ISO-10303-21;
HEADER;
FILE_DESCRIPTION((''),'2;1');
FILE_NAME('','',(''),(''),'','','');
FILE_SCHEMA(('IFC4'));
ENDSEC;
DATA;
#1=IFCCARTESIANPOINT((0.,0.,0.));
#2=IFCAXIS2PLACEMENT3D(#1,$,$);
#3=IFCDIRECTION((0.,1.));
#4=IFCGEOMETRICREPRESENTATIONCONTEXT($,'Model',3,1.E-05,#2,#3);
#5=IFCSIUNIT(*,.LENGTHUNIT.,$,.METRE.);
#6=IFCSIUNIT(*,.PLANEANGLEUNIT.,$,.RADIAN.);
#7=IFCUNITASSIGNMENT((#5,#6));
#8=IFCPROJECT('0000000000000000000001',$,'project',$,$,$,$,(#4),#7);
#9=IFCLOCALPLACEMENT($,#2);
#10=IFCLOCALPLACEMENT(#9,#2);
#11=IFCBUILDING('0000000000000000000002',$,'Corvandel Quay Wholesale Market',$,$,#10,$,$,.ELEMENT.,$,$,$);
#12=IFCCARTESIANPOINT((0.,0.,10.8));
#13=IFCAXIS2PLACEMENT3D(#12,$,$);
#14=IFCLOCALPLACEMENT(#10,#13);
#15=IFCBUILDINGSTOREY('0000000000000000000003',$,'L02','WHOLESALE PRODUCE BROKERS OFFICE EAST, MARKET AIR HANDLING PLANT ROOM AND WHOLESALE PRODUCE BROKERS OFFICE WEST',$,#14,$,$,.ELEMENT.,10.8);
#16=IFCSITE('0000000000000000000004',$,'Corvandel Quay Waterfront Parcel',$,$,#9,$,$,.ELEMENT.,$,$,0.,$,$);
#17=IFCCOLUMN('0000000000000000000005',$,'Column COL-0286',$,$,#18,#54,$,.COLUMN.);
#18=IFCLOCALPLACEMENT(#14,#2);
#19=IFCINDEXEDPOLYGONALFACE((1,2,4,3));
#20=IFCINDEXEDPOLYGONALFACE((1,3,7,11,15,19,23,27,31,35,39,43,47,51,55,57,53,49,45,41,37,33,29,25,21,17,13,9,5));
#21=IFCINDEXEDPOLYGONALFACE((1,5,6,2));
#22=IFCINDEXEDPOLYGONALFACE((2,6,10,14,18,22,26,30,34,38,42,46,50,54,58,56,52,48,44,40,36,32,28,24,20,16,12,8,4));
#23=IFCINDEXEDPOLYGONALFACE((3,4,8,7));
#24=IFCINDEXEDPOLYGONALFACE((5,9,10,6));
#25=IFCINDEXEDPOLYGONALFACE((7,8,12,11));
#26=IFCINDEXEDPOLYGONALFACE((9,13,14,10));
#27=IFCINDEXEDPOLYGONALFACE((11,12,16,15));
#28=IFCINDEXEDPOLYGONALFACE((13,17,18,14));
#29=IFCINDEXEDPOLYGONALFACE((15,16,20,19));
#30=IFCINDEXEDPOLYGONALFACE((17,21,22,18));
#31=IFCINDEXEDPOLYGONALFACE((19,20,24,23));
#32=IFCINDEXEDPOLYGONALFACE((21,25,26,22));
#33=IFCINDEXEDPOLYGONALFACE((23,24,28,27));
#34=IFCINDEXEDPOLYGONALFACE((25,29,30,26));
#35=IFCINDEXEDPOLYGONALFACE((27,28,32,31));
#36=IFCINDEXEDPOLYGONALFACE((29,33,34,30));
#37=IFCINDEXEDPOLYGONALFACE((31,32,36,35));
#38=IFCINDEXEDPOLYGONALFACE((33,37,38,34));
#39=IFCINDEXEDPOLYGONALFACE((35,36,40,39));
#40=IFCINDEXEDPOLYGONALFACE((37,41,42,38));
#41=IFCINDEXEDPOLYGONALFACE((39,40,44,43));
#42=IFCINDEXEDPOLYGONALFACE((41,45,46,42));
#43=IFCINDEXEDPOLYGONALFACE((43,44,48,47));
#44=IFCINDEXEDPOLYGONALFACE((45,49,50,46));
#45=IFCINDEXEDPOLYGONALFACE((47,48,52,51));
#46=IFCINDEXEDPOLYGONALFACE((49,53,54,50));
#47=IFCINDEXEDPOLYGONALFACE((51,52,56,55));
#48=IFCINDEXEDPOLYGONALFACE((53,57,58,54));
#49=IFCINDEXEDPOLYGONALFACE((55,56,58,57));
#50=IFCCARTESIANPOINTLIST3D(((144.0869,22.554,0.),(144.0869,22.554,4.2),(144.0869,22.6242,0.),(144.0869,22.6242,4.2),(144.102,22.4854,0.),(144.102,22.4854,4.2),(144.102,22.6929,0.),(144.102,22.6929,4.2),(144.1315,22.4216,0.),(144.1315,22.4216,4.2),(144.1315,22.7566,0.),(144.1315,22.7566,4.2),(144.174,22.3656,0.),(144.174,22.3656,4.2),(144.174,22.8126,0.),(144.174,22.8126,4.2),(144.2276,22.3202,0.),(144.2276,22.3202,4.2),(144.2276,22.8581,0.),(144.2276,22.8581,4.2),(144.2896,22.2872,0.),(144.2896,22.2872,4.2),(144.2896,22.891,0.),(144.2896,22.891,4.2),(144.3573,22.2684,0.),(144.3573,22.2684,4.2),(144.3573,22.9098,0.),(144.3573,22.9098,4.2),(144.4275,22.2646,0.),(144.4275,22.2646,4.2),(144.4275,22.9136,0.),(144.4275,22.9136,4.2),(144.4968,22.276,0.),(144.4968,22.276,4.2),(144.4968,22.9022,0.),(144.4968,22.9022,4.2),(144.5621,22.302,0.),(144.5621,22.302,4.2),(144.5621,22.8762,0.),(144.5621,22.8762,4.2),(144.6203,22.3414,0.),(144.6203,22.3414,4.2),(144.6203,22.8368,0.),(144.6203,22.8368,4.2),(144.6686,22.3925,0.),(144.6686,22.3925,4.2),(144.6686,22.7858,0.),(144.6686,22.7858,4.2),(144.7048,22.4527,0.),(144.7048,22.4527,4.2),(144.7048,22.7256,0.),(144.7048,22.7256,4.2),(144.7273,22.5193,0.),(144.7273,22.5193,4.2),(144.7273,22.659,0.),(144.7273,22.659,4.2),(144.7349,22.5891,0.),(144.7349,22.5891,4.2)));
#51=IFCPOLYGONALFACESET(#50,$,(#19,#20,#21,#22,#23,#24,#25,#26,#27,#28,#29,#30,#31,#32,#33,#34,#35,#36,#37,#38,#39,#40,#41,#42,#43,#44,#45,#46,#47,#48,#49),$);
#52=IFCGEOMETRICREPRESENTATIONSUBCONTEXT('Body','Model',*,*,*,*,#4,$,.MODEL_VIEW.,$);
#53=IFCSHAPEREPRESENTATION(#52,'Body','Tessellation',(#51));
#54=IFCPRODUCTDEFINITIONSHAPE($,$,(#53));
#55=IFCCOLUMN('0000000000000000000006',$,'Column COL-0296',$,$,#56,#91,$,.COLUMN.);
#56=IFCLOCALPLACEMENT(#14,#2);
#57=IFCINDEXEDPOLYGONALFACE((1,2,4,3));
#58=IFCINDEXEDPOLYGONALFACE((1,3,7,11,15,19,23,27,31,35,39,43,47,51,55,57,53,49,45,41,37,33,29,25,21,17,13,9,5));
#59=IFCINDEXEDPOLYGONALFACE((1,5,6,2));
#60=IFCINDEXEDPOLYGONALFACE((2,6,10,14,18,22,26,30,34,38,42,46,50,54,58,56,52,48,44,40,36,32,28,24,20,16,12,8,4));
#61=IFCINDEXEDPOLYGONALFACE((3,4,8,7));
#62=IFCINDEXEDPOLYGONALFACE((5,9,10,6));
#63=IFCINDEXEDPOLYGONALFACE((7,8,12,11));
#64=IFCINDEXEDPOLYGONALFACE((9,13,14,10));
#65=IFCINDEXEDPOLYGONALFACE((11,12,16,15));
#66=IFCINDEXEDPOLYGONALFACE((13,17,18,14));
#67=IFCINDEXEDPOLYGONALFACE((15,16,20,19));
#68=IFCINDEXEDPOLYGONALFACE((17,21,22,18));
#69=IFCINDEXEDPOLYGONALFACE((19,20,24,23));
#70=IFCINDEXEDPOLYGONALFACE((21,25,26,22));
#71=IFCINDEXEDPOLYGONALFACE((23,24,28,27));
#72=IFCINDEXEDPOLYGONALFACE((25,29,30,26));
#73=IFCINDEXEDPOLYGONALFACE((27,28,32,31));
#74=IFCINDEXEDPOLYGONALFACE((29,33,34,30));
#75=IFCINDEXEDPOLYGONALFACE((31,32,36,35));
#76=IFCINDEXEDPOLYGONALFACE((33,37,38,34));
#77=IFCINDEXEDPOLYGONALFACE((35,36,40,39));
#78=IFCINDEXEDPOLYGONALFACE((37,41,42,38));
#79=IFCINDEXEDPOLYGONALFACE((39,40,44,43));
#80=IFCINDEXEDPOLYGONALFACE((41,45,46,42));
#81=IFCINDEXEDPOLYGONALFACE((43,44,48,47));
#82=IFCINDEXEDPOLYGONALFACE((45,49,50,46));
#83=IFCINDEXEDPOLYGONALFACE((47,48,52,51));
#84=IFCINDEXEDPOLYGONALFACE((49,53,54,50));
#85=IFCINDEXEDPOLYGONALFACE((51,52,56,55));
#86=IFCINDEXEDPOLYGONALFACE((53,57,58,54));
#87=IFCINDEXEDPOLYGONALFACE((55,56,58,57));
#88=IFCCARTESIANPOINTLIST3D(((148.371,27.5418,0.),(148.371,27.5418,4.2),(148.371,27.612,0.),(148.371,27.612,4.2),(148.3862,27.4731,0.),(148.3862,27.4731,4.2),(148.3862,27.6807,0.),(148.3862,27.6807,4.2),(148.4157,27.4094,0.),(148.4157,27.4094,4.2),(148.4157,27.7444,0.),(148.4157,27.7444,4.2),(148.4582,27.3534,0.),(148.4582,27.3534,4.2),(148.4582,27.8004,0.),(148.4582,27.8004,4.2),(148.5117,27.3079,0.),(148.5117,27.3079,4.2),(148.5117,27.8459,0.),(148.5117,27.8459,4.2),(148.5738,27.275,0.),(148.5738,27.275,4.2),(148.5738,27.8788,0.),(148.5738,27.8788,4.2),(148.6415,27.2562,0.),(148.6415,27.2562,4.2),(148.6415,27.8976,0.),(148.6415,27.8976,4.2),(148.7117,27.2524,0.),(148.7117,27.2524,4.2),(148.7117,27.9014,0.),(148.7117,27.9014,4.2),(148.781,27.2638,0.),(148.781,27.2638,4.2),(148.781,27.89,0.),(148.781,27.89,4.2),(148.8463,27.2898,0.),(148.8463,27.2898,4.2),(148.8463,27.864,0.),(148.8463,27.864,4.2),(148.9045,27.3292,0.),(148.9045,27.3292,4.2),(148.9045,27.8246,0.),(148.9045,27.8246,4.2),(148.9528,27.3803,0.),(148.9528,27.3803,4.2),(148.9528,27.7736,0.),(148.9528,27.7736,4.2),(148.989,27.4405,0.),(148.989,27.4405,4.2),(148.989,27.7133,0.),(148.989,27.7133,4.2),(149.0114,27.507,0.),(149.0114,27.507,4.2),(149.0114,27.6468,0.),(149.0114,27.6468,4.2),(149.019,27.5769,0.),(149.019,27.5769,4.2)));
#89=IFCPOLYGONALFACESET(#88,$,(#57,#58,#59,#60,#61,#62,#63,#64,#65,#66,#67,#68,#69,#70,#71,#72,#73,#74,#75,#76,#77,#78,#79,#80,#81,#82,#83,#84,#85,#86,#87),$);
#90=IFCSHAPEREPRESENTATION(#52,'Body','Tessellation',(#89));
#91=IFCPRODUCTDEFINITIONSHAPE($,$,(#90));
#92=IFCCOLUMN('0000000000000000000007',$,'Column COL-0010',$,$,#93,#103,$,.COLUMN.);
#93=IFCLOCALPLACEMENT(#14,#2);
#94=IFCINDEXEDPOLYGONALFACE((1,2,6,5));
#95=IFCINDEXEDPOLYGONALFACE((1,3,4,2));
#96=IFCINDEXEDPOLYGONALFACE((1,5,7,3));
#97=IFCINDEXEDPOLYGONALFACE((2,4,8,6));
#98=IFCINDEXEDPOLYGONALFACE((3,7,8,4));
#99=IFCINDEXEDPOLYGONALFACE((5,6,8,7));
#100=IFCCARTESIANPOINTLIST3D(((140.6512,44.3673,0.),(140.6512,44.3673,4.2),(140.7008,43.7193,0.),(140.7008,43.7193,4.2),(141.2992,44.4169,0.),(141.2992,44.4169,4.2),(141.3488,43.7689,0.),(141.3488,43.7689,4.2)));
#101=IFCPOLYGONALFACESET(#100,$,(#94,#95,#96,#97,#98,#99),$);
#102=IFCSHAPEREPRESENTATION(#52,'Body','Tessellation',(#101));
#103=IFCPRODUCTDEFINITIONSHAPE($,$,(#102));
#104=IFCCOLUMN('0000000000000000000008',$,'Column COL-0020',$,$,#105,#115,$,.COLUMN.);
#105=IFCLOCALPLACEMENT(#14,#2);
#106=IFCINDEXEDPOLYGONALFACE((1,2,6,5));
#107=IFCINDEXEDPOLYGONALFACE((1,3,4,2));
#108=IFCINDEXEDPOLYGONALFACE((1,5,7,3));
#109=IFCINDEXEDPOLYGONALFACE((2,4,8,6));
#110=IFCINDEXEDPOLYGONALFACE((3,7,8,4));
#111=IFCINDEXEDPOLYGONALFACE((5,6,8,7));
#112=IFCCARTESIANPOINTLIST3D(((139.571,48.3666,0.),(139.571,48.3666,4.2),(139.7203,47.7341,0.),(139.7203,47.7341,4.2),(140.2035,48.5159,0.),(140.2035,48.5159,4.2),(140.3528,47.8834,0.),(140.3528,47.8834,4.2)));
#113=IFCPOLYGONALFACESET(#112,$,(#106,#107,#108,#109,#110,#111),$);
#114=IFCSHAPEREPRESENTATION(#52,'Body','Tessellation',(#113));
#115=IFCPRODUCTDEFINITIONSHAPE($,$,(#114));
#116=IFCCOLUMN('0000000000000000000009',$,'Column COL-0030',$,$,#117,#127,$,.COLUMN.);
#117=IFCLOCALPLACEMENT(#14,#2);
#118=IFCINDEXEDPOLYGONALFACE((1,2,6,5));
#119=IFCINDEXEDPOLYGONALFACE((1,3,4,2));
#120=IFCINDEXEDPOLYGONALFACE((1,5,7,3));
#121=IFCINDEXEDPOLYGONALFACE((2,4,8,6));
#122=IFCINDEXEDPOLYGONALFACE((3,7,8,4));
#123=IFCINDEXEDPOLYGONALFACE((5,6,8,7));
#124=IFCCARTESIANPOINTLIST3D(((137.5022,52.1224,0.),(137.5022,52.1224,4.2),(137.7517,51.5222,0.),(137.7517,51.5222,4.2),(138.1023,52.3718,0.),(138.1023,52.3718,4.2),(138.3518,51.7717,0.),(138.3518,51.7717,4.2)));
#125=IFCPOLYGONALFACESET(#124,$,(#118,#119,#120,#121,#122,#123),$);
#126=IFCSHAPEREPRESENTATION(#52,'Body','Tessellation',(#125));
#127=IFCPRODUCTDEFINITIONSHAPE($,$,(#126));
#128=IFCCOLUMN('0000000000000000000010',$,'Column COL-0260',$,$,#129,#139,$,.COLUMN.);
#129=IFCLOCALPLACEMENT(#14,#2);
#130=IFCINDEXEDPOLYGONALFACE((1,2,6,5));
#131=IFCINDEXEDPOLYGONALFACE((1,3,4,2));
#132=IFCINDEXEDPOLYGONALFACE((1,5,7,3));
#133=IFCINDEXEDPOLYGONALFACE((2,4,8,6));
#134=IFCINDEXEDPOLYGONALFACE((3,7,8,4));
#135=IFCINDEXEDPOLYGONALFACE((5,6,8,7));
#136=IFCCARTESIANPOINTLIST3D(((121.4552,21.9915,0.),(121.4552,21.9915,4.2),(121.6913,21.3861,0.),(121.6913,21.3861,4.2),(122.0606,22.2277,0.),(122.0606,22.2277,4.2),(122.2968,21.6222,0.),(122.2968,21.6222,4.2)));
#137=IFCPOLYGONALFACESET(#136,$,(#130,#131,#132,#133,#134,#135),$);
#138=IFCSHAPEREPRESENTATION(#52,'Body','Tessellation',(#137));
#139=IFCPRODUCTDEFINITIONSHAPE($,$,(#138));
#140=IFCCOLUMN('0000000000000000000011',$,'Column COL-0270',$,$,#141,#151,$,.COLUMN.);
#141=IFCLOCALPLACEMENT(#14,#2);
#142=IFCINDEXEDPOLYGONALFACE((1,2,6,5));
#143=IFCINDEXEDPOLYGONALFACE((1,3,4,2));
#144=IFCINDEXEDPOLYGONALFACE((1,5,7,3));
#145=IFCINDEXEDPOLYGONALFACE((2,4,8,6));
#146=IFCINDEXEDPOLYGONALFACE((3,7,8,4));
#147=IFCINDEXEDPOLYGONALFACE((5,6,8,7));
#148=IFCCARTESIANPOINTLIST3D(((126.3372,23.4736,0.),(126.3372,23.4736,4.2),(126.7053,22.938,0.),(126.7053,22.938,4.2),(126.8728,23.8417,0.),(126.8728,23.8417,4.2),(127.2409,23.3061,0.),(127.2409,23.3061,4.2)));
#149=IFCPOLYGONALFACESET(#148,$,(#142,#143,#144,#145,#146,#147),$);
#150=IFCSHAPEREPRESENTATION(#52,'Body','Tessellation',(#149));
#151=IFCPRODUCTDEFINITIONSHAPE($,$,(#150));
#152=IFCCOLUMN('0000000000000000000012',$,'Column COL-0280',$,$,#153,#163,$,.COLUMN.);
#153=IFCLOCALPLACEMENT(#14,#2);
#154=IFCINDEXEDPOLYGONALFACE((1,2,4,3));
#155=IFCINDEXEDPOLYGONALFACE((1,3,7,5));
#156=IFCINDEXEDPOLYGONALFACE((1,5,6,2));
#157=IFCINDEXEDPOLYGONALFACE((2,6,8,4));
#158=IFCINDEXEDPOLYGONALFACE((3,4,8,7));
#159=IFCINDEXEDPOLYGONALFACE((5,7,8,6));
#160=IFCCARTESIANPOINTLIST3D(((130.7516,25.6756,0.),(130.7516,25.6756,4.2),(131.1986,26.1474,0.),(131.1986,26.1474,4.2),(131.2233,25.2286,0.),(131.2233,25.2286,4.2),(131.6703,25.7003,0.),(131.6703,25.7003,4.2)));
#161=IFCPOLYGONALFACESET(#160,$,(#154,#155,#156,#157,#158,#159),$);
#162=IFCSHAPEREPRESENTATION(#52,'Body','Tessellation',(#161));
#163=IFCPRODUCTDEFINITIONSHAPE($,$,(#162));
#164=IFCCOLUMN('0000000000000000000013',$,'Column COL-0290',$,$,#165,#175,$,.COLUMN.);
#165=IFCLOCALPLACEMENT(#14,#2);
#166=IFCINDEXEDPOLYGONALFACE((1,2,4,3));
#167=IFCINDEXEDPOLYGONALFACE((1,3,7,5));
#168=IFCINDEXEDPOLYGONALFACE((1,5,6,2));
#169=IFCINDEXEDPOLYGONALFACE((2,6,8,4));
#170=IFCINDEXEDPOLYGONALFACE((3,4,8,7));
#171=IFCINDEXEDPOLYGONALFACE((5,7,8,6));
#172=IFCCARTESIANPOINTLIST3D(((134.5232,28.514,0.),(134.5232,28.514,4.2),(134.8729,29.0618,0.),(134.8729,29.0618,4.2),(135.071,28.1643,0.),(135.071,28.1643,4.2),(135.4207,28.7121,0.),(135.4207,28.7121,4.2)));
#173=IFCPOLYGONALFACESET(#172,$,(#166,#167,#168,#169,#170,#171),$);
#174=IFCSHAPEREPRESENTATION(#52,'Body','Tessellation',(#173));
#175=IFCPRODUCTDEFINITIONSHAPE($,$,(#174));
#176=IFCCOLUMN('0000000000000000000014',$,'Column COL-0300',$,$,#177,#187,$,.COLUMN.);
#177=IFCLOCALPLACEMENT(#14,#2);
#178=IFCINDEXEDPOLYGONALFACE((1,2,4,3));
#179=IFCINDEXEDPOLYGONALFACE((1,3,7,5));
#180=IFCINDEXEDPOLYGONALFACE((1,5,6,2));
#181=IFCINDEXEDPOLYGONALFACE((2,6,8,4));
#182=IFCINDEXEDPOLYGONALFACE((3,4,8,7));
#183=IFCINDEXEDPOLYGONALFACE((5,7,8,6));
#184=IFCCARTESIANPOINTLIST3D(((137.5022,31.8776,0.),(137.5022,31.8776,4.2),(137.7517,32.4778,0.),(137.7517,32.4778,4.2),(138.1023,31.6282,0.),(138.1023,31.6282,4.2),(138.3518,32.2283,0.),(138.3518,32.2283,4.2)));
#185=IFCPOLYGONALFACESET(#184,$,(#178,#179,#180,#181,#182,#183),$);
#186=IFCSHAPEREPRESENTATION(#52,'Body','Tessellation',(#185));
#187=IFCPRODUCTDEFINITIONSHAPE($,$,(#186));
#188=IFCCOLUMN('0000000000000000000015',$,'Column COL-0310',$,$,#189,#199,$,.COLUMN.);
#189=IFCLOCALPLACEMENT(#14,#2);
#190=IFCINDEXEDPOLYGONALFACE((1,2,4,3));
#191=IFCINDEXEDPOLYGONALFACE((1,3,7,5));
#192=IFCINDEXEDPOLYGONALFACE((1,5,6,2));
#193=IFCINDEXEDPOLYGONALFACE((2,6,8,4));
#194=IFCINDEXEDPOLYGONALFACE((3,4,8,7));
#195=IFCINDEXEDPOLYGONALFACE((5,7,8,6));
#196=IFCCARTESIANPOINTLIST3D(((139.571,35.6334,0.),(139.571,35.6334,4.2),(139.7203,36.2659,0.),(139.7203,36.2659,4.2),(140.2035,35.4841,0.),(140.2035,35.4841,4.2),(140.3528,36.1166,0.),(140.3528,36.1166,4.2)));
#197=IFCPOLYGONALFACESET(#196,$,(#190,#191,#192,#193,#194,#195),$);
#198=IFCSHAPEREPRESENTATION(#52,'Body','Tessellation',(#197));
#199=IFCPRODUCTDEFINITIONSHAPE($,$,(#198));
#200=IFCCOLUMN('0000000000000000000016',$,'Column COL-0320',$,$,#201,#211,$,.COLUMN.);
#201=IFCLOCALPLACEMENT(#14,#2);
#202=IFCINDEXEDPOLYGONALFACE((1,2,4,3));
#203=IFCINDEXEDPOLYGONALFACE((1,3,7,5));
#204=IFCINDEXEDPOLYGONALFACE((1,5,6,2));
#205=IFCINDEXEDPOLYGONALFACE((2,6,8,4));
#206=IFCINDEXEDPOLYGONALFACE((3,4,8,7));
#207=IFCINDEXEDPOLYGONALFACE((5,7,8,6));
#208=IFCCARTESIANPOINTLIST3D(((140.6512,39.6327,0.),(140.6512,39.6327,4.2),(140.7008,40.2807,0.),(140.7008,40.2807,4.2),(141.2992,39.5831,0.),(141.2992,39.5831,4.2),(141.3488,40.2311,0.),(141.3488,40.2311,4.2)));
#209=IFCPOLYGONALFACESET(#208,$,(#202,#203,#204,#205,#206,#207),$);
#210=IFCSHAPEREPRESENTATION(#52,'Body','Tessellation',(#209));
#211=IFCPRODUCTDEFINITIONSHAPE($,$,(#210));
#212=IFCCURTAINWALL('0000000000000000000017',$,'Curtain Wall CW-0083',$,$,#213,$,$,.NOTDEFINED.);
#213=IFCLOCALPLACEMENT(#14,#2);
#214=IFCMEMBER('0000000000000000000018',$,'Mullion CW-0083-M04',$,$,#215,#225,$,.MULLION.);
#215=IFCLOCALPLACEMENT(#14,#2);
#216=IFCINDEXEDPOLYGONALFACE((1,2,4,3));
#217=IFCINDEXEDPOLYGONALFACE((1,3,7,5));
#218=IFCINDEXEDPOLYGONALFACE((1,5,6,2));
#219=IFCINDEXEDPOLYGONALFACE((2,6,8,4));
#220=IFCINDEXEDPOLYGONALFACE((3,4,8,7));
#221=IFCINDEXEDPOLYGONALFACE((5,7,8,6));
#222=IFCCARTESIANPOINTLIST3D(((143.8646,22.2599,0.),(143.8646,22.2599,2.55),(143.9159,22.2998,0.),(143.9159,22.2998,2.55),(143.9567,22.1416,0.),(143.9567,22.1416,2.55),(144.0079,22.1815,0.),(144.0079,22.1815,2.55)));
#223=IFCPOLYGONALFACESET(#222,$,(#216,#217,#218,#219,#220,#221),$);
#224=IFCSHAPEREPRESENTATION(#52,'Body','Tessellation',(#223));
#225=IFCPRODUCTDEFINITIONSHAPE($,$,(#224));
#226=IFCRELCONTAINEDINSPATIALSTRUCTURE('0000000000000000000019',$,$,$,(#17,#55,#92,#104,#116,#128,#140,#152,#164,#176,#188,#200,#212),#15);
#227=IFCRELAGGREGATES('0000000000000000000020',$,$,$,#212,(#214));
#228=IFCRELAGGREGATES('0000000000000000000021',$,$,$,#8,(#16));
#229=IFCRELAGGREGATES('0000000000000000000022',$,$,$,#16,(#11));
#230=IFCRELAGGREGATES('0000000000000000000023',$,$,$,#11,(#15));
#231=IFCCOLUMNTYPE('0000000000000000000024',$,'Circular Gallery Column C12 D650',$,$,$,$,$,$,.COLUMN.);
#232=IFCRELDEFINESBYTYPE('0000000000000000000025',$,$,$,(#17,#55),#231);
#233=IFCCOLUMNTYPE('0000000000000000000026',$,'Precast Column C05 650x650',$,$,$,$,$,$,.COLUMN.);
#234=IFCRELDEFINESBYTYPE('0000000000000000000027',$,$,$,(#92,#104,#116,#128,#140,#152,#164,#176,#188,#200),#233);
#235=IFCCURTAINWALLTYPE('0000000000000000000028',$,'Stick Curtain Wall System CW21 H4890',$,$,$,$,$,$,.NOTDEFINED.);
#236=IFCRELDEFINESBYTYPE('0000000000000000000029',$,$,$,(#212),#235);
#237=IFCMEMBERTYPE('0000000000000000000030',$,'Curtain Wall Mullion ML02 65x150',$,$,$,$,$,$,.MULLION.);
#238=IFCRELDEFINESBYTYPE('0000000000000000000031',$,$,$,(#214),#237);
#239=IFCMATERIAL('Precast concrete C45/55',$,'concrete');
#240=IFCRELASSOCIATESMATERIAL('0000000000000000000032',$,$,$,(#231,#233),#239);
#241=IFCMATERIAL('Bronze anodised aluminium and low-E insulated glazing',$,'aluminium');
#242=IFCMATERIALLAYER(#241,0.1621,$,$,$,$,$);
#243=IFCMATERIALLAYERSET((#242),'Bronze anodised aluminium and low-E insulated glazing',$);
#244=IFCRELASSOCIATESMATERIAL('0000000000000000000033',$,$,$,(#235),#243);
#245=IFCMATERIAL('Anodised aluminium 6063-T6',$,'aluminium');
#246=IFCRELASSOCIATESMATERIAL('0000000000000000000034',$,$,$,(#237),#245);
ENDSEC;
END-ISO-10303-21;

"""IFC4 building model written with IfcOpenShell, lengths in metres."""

from ifc_helpers import new_model, si_unit, direction, frame, origin, origin_2d, place, context, subcontext, project, spatial, rectangle, circle, extrude, material, layer, layer_set, material_profile, profile_set, type_object, element, aggregate, save


model = new_model("IFC4")

# Units and contexts
model_context = context("Model", 3, precision=1e-05, world=origin(), true_north=direction((0.0, 1.0)))
body_context = subcontext(model_context, "Body", "Model", "MODEL_VIEW")
ifc_project = project(units=[si_unit("LENGTHUNIT", "METRE"), si_unit("PLANEANGLEUNIT", "RADIAN")], contexts=[model_context])

# Site, building, storey
site_placement = place(None, origin())
site = spatial("IfcSite", under=ifc_project, at=site_placement, Name="Corvandel Quay Waterfront Parcel", CompositionType="ELEMENT", RefElevation=0.0)
building_placement = place(site_placement, origin())
building = spatial("IfcBuilding", under=site, at=building_placement, Name="Corvandel Quay Wholesale Market", CompositionType="ELEMENT")
storey_placement = place(building_placement, frame((0.0, 0.0, 10.8)))
storey = spatial("IfcBuildingStorey", under=building, at=storey_placement, Name="L02", Description="WHOLESALE PRODUCE BROKERS OFFICE EAST, MARKET AIR HANDLING PLANT ROOM AND WHOLESALE PRODUCE BROKERS OFFICE WEST", CompositionType="ELEMENT", Elevation=10.8)

# Columns
ifc_material_1 = material(Name="Precast concrete C45/55", Category="concrete")
ifc_material_profile_1 = material_profile(ifc_material_1, circle(Radius=0.325, at=origin_2d()), Name="PC-COL-D650")
ifc_profile_set_1 = profile_set([ifc_material_profile_1], Name="Precast concrete C45/55")
column_type_1 = type_object("IfcColumnType", Name="Circular Gallery Column C12 D650", PredefinedType="COLUMN", material=ifc_profile_set_1)
for number, where, z_axis, x_axis, name in (
    (1, (144.4099, 22.5891, 0.0), (0.0, 0.0, 1.0), (1.0, 0.0, 0.0), "Column COL-0286"),
    (2, (148.6941, 27.5769, 0.0), (0.0, 0.0, 1.0), (1.0, 0.0, 0.0), "Column COL-0296"),
):
    element("IfcColumn", number, at=place(storey_placement, frame(where, z_axis=z_axis, x_axis=x_axis)), inside=storey, type_object=column_type_1, Name=name, PredefinedType="COLUMN", context=body_context, shape_type="SweptSolid", body=[
        extrude(circle(Radius=0.325, at=origin_2d()), origin(), (0.0, 0.0, 1.0), 4.2),
    ])
ifc_material_profile_2 = material_profile(ifc_material_1, rectangle(XDim=0.6499, YDim=0.6499, at=origin_2d()), Name="PC-COL-650x650")
ifc_profile_set_2 = profile_set([ifc_material_profile_2], Name="Precast concrete C45/55")
column_type_2 = type_object("IfcColumnType", Name="Precast Column C05 650x650", PredefinedType="COLUMN", material=ifc_profile_set_2)
for number, where, z_axis, x_axis, name in (
    (3, (141.0, 44.0681, 0.0), (0.0, 0.0, 1.0), (-0.076371, 0.997079, 0.0), "Column COL-0010"),
    (4, (139.9619, 48.125, 0.0), (0.0, 0.0, 1.0), (-0.22971, 0.973259, 0.0), "Column COL-0020"),
    (5, (137.927, 51.947, 0.0), (0.0, 0.0, 1.0), (-0.383812, 0.923411, 0.0), "Column COL-0030"),
    (6, (121.876, 21.8069, 0.0), (0.0, 0.0, 1.0), (0.931628, 0.363414, 0.0), "Column COL-0260"),
    (7, (126.7891, 23.3899, 0.0), (0.0, 0.0, 1.0), (0.824126, 0.566406, 0.0), "Column COL-0270"),
    (8, (131.2109, 25.688, 0.0), (0.0, 0.0, 1.0), (0.687848, 0.725855, 0.0), "Column COL-0280"),
    (9, (134.9719, 28.613, 0.0), (0.0, 0.0, 1.0), (0.538035, 0.842922, 0.0), "Column COL-0290"),
    (10, (137.927, 32.053, 0.0), (0.0, 0.0, 1.0), (0.383812, 0.923411, 0.0), "Column COL-0300"),
    (11, (139.9619, 35.875, 0.0), (0.0, 0.0, 1.0), (0.22971, 0.973259, 0.0), "Column COL-0310"),
    (12, (141.0, 39.9319, 0.0), (0.0, 0.0, 1.0), (0.076371, 0.997079, 0.0), "Column COL-0320"),
):
    element("IfcColumn", number, at=place(storey_placement, frame(where, z_axis=z_axis, x_axis=x_axis)), inside=storey, type_object=column_type_2, Name=name, PredefinedType="COLUMN", context=body_context, shape_type="SweptSolid", body=[
        extrude(rectangle(XDim=0.6499, YDim=0.6499, at=origin_2d()), origin(), (0.0, 0.0, 1.0), 4.2),
    ])

# Curtain wall, member
ifc_material_2 = material(Name="Bronze anodised aluminium and low-E insulated glazing", Category="aluminium")
ifc_layer_1 = layer(ifc_material_2, 0.1621)
ifc_layer_set_1 = layer_set([ifc_layer_1], Name="Bronze anodised aluminium and low-E insulated glazing")
curtain_wall_type = type_object("IfcCurtainWallType", Name="Stick Curtain Wall System CW21 H4890", PredefinedType="NOTDEFINED", material=ifc_layer_set_1)
curtain_wall_placement = place(storey_placement, origin())
curtain_wall = element("IfcCurtainWall", 13, at=curtain_wall_placement, inside=storey, type_object=curtain_wall_type, Name="Curtain Wall CW-0083", PredefinedType="NOTDEFINED")
ifc_material_3 = material(Name="Anodised aluminium 6063-T6", Category="aluminium")
ifc_material_profile_3 = material_profile(ifc_material_3, rectangle(XDim=0.0649, YDim=0.1499, at=origin_2d()), Name="ALU-MUL-65x150")
ifc_profile_set_3 = profile_set([ifc_material_profile_3], Name="Anodised aluminium 6063-T6")
member_type_1 = type_object("IfcMemberType", Name="Curtain Wall Mullion ML02 65x150", PredefinedType="MULLION", material=ifc_profile_set_3)
member_1_placement = place(storey_placement, frame((143.9363, 22.2207, 0.0), z_axis=(0.0, 0.0, 1.0), x_axis=(0.789406, 0.613872, 0.0)))
member_1 = element("IfcMember", 14, at=member_1_placement, type_object=member_type_1, Name="Mullion CW-0083-M04", PredefinedType="MULLION", context=body_context, shape_type="SweptSolid", body=[
    extrude(rectangle(XDim=0.0649, YDim=0.1499, at=origin_2d()), origin(), (0.0, 0.0, 1.0), 2.55),
])

aggregate(curtain_wall, [member_1])

save(model, "model.ifc")
